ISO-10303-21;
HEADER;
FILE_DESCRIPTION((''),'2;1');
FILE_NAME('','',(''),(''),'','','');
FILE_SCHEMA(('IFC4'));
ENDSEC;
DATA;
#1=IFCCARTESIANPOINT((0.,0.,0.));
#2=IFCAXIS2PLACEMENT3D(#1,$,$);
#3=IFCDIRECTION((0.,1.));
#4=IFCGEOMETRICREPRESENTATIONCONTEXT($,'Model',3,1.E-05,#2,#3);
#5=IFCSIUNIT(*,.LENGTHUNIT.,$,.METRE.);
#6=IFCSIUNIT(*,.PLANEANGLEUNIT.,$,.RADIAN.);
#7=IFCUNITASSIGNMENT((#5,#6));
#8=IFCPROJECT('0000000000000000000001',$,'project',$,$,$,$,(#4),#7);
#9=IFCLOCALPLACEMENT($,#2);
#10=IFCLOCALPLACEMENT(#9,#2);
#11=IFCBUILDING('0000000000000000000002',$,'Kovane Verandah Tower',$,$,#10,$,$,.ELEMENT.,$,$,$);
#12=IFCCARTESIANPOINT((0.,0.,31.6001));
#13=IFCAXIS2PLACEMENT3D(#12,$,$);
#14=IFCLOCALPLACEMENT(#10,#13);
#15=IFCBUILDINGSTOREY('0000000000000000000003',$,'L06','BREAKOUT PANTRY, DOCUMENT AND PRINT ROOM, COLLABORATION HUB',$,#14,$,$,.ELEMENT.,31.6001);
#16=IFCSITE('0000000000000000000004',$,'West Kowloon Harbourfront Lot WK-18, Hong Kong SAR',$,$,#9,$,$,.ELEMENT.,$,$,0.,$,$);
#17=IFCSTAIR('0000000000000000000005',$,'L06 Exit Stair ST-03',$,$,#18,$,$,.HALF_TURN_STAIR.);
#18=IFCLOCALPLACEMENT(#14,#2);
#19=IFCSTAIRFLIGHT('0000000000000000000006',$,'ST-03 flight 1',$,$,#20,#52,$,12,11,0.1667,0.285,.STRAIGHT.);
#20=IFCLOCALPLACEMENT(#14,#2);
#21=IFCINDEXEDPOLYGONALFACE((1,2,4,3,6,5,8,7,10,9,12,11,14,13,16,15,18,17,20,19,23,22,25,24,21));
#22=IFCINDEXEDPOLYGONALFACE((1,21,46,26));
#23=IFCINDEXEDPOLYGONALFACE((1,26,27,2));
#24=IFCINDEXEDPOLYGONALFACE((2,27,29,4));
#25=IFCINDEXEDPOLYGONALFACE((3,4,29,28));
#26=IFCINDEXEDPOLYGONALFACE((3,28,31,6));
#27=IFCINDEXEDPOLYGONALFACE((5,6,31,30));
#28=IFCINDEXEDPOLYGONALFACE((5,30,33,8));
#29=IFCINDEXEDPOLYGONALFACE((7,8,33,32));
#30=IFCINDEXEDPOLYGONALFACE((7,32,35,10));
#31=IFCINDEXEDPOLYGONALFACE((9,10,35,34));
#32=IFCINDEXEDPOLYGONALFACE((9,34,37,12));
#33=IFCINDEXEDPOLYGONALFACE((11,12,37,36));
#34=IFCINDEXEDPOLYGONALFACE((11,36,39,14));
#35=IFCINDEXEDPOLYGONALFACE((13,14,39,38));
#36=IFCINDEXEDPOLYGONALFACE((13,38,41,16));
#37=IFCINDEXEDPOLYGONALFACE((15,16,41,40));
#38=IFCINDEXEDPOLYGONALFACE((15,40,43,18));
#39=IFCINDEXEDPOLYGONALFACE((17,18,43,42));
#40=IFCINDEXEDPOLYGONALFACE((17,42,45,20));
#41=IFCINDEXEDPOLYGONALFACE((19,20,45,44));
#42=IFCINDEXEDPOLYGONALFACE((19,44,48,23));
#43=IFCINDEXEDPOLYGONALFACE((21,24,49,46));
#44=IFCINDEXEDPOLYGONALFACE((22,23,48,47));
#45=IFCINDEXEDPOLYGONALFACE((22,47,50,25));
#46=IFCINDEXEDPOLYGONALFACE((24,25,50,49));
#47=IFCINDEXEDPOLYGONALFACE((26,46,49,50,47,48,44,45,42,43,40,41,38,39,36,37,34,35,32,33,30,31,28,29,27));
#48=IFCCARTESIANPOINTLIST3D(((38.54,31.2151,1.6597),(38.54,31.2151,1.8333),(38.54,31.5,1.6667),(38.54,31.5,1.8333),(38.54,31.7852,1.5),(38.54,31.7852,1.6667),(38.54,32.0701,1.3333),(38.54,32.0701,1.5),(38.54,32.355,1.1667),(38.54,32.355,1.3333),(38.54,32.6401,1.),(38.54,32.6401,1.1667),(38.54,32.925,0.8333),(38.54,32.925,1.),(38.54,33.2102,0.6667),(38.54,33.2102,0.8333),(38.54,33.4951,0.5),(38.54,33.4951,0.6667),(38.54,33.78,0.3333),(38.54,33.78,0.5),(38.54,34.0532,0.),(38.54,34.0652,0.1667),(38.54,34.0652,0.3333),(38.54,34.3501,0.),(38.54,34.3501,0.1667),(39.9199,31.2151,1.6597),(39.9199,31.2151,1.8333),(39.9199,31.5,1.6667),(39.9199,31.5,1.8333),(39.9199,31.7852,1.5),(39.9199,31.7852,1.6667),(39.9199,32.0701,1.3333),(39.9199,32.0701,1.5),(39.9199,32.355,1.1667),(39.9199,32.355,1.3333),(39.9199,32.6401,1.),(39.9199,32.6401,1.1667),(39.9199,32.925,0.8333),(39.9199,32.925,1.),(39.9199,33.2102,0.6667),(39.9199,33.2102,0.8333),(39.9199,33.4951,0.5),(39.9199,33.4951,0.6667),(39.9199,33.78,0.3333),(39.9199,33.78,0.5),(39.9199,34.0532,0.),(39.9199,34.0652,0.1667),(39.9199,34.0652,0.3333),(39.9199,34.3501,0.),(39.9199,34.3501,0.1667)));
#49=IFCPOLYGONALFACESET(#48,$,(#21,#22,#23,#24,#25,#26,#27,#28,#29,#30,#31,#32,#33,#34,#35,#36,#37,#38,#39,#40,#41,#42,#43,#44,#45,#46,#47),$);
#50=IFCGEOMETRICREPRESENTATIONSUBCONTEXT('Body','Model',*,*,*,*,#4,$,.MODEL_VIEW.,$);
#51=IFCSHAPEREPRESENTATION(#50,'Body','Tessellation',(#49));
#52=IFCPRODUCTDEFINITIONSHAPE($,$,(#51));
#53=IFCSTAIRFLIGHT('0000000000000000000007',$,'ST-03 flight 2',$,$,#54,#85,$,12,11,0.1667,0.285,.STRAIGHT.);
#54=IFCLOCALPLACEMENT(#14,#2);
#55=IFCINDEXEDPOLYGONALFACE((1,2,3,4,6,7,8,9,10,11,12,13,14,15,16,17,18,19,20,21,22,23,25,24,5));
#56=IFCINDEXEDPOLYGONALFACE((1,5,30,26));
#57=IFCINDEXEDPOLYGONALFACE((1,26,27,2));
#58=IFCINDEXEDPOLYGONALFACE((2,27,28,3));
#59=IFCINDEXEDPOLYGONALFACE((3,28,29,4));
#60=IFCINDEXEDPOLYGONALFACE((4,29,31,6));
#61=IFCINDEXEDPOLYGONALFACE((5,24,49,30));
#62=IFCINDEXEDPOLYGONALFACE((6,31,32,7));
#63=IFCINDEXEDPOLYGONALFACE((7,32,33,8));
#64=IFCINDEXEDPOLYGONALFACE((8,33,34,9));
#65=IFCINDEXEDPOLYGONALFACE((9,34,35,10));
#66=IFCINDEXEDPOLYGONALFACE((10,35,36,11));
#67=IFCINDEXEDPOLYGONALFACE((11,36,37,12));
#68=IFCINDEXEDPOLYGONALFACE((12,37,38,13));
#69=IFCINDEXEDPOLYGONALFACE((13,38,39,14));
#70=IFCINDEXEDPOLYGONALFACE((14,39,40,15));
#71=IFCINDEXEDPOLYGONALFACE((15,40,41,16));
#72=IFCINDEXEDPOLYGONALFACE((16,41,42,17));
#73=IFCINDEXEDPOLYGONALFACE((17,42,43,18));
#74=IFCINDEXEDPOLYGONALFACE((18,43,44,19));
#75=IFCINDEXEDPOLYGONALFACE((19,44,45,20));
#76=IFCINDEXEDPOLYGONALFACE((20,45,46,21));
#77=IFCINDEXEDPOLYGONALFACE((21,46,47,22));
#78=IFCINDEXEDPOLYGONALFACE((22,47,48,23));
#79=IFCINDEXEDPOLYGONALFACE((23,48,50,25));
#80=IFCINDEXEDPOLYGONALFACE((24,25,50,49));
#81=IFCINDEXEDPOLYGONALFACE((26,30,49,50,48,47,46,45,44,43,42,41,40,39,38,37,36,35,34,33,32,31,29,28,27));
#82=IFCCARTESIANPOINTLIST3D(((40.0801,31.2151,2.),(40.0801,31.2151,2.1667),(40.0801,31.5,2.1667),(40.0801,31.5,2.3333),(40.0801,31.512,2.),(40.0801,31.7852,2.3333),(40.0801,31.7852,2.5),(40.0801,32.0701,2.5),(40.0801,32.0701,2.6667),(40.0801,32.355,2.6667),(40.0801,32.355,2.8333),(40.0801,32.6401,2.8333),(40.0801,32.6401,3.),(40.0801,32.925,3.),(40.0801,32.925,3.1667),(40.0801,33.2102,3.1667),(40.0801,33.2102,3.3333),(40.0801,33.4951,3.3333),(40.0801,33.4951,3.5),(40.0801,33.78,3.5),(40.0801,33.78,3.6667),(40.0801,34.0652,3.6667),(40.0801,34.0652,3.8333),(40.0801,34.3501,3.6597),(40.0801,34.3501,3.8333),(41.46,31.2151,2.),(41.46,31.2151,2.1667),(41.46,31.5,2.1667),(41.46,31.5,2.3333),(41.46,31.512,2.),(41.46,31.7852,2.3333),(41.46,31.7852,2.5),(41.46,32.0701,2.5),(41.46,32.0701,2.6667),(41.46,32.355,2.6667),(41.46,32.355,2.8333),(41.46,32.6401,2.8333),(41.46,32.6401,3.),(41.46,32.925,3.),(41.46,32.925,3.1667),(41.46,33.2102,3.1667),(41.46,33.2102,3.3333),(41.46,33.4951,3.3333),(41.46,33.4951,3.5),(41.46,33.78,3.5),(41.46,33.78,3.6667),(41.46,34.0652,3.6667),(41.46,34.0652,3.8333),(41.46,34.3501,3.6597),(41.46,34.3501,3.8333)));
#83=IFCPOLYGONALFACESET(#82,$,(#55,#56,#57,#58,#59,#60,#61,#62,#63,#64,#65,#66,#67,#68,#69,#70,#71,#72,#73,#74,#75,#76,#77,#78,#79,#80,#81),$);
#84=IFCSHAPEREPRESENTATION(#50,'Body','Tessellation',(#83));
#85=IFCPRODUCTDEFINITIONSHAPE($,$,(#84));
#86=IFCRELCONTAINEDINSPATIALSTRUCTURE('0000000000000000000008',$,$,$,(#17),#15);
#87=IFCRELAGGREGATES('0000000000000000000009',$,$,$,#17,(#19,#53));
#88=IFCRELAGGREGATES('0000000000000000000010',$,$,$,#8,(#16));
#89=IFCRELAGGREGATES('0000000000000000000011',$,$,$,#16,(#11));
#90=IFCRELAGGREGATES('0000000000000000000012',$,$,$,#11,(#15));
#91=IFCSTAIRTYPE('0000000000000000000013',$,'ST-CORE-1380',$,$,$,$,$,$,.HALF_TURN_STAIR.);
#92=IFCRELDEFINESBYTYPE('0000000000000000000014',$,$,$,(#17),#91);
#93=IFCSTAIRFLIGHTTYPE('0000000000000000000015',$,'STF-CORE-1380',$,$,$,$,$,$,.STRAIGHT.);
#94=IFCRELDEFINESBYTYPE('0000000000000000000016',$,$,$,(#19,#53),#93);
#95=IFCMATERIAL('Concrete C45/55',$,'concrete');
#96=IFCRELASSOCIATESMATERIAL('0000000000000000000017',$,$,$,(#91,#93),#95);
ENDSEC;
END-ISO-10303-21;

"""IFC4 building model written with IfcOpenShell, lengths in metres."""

from ifc_helpers import new_model, si_unit, direction, frame, origin, place, context, subcontext, project, spatial, polyline, outline, extrude, material, type_object, element, aggregate, save


model = new_model("IFC4")

# Units and contexts
model_context = context("Model", 3, precision=1e-05, world=origin(), true_north=direction((0.0, 1.0)))
body_context = subcontext(model_context, "Body", "Model", "MODEL_VIEW")
ifc_project = project(units=[si_unit("LENGTHUNIT", "METRE"), si_unit("PLANEANGLEUNIT", "RADIAN")], contexts=[model_context])

# Site, building, storey
site_placement = place(None, origin())
site = spatial("IfcSite", under=ifc_project, at=site_placement, Name="West Kowloon Harbourfront Lot WK-18, Hong Kong SAR", CompositionType="ELEMENT", RefElevation=0.0)
building_placement = place(site_placement, origin())
building = spatial("IfcBuilding", under=site, at=building_placement, Name="Kovane Verandah Tower", CompositionType="ELEMENT")
storey_placement = place(building_placement, frame((0.0, 0.0, 31.6001)))
storey = spatial("IfcBuildingStorey", under=building, at=storey_placement, Name="L06", Description="BREAKOUT PANTRY, DOCUMENT AND PRINT ROOM, COLLABORATION HUB", CompositionType="ELEMENT", Elevation=31.6001)

# Shared definitions
ifc_material_1 = material(Name="Concrete C45/55", Category="concrete")

# Shared definitions
stair_type = type_object("IfcStairType", Name="ST-CORE-1380", PredefinedType="HALF_TURN_STAIR", material=ifc_material_1)
stair_flight_type = type_object("IfcStairFlightType", Name="STF-CORE-1380", PredefinedType="STRAIGHT", material=ifc_material_1)

# Stair, stair flights
stair_1_placement = place(storey_placement, origin())
stair_1 = element("IfcStair", 1, at=stair_1_placement, inside=storey, type_object=stair_type, Name="L06 Exit Stair ST-03", PredefinedType="HALF_TURN_STAIR")
stair_flight_1_placement = place(storey_placement, frame((39.23, 34.3501, 0.0), z_axis=(0.0, 0.0, 1.0), x_axis=(0.0, -1.0, 0.0)))
stair_flight_1 = element("IfcStairFlight", 2, at=stair_flight_1_placement, type_object=stair_flight_type, Name="ST-03 flight 1", NumberOfRisers=12, NumberOfTreads=11, PredefinedType="STRAIGHT", RiserHeight=0.1667, TreadLength=0.285, context=body_context, shape_type="SweptSolid", body=[
    extrude(outline(polyline([(0.0, 0.0), (0.0, 0.1667), (0.2849, 0.1667), (0.2849, 0.3333), (0.5701, 0.3333), (0.5701, 0.5), (0.855, 0.5), (0.855, 0.6667), (1.1399, 0.6667), (1.1399, 0.8333), (1.425, 0.8333), (1.425, 1.0), (1.71, 1.0), (1.71, 1.1667), (1.9951, 1.1667), (1.9951, 1.3333), (2.28, 1.3333), (2.28, 1.5), (2.5649, 1.5), (2.5649, 1.6667), (2.8501, 1.6667), (2.8501, 1.8333), (3.135, 1.8333), (3.135, 2.0), (3.135, 1.6597), (0.2969, 0.0), (0.0, 0.0)])), frame((0.0, 0.6899, 0.0), z_axis=(0.0, -1.0, 0.0), x_axis=(1.0, 0.0, 0.0)), (0.0, 0.0, 1.0), 1.3799),
])
stair_flight_2_placement = place(storey_placement, frame((40.77, 31.2151, 2.0), z_axis=(0.0, 0.0, 1.0), x_axis=(0.0, 1.0, 0.0)))
stair_flight_2 = element("IfcStairFlight", 3, at=stair_flight_2_placement, type_object=stair_flight_type, Name="ST-03 flight 2", NumberOfRisers=12, NumberOfTreads=11, PredefinedType="STRAIGHT", RiserHeight=0.1667, TreadLength=0.285, context=body_context, shape_type="SweptSolid", body=[
    extrude(outline(polyline([(0.0, 0.0), (0.0, 0.1667), (0.2849, 0.1667), (0.2849, 0.3333), (0.5701, 0.3333), (0.5701, 0.5), (0.855, 0.5), (0.855, 0.6667), (1.1399, 0.6667), (1.1399, 0.8333), (1.425, 0.8333), (1.425, 1.0), (1.71, 1.0), (1.71, 1.1667), (1.9951, 1.1667), (1.9951, 1.3333), (2.28, 1.3333), (2.28, 1.5), (2.5649, 1.5), (2.5649, 1.6667), (2.8501, 1.6667), (2.8501, 1.8333), (3.135, 1.8333), (3.135, 2.0), (3.135, 1.6597), (0.2969, 0.0), (0.0, 0.0)])), frame((0.0, 0.6899, 0.0), z_axis=(0.0, -1.0, 0.0), x_axis=(1.0, 0.0, 0.0)), (0.0, 0.0, 1.0), 1.3799),
])
aggregate(stair_1, [stair_flight_1, stair_flight_2])

save(model, "model.ifc")
